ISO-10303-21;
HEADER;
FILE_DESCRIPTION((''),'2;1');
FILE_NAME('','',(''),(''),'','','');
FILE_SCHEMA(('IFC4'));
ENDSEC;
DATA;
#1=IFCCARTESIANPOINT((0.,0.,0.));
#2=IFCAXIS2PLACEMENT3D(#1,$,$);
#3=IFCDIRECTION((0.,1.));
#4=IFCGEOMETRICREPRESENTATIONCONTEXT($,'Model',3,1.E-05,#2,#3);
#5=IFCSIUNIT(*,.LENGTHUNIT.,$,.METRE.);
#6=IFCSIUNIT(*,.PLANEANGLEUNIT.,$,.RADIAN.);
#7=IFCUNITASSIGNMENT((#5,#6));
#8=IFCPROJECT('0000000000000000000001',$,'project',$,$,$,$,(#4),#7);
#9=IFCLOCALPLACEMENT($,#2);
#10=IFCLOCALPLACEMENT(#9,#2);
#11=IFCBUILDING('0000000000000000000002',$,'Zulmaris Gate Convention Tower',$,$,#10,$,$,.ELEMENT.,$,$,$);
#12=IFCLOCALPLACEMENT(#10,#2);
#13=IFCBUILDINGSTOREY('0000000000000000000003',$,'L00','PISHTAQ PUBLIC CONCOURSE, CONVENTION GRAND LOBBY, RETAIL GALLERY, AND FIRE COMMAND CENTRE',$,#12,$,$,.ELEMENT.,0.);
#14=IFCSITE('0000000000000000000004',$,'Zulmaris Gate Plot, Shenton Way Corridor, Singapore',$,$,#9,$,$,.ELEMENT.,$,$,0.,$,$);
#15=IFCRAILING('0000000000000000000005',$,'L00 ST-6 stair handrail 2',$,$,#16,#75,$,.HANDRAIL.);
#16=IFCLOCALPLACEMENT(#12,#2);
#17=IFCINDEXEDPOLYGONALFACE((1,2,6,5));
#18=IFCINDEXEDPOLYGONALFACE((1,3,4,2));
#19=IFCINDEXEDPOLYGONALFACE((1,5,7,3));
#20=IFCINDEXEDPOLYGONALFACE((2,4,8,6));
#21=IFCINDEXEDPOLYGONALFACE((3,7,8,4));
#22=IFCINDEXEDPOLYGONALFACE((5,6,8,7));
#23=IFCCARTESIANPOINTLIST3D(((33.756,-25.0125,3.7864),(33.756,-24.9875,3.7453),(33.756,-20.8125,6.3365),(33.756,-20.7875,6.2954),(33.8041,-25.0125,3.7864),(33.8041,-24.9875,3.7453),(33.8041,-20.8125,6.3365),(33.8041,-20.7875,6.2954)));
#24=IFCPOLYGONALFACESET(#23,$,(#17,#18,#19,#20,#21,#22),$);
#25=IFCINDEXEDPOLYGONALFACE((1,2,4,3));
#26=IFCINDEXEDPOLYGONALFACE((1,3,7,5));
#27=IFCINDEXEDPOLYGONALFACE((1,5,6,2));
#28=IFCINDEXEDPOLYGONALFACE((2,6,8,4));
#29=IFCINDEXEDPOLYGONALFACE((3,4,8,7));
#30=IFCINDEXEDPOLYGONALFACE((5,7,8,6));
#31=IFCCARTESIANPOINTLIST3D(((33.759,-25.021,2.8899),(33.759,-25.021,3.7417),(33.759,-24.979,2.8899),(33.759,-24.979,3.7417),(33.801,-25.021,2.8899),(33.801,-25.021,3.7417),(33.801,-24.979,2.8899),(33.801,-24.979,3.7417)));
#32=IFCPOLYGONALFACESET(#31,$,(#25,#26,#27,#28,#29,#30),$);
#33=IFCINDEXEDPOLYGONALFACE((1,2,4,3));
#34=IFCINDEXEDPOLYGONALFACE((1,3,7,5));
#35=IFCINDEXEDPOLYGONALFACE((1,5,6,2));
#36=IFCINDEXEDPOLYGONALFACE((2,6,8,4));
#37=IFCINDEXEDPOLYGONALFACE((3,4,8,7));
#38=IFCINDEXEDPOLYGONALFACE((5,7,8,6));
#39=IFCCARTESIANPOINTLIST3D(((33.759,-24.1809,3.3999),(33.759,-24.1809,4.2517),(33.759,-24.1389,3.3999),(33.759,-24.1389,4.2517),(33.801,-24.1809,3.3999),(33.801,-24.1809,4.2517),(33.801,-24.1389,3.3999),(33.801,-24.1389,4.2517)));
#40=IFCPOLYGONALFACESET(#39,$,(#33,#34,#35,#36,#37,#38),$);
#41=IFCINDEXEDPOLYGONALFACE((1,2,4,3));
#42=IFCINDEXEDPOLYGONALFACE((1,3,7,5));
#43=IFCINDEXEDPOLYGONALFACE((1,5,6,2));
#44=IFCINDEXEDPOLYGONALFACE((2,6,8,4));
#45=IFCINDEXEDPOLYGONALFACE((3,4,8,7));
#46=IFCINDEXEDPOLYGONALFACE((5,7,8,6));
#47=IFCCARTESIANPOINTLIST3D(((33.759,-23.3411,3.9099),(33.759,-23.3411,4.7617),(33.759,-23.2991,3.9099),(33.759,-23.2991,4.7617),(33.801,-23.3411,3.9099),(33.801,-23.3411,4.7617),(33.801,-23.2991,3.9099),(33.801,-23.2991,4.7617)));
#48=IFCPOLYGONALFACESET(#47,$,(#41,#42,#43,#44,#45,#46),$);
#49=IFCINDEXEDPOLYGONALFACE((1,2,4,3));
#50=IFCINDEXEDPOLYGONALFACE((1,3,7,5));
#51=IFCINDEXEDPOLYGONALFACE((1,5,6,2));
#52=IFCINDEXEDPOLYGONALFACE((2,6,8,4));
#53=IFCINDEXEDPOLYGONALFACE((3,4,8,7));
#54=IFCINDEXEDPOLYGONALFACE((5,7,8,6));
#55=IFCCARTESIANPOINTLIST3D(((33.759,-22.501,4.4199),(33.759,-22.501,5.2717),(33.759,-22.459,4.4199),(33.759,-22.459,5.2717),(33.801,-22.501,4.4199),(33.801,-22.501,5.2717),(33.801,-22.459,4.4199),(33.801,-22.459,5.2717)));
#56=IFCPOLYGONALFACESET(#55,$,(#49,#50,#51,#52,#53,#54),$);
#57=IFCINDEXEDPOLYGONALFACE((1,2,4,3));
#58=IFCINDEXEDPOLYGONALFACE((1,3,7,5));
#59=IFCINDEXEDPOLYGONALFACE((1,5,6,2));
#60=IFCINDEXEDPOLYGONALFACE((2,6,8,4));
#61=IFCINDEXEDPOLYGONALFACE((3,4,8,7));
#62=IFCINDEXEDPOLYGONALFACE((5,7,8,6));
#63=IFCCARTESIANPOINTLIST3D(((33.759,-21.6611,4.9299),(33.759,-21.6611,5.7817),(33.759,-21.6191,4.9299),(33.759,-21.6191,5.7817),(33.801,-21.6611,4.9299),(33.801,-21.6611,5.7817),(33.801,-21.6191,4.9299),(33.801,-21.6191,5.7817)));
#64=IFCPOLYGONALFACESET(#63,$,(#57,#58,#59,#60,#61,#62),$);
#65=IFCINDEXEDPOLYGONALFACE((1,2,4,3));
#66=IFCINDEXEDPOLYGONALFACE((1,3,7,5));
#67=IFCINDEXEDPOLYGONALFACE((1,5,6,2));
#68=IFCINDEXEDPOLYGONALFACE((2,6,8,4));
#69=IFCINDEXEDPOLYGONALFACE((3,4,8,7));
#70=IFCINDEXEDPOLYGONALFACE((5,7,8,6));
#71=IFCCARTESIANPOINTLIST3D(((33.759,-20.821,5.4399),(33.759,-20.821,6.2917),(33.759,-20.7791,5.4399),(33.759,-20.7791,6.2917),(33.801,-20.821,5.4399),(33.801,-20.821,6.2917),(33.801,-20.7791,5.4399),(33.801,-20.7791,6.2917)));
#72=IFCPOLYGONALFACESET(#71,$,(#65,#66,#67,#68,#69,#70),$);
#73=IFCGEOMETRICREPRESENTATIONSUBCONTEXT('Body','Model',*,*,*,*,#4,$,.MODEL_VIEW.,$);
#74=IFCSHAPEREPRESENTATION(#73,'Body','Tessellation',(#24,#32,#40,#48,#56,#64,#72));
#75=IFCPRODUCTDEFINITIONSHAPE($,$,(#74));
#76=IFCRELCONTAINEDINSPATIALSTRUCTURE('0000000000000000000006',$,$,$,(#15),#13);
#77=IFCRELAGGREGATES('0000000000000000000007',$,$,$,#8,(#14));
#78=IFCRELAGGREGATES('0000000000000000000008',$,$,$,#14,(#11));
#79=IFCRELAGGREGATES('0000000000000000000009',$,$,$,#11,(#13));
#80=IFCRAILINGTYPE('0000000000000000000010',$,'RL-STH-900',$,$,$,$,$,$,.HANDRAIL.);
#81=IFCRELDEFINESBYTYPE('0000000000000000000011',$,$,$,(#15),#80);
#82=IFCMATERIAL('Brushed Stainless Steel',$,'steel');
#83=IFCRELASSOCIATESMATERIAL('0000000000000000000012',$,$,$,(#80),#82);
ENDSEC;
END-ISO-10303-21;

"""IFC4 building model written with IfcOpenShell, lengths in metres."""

from ifc_helpers import new_model, si_unit, direction, frame, origin, origin_2d, place, context, subcontext, project, spatial, rectangle, extrude, material, type_object, element, save


model = new_model("IFC4")

# Units and contexts
model_context = context("Model", 3, precision=1e-05, world=origin(), true_north=direction((0.0, 1.0)))
body_context = subcontext(model_context, "Body", "Model", "MODEL_VIEW")
ifc_project = project(units=[si_unit("LENGTHUNIT", "METRE"), si_unit("PLANEANGLEUNIT", "RADIAN")], contexts=[model_context])

# Site, building, storey
site_placement = place(None, origin())
site = spatial("IfcSite", under=ifc_project, at=site_placement, Name="Zulmaris Gate Plot, Shenton Way Corridor, Singapore", CompositionType="ELEMENT", RefElevation=0.0)
building_placement = place(site_placement, origin())
building = spatial("IfcBuilding", under=site, at=building_placement, Name="Zulmaris Gate Convention Tower", CompositionType="ELEMENT")
storey_placement = place(building_placement, origin())
storey = spatial("IfcBuildingStorey", under=building, at=storey_placement, Name="L00", Description="PISHTAQ PUBLIC CONCOURSE, CONVENTION GRAND LOBBY, RETAIL GALLERY, AND FIRE COMMAND CENTRE", CompositionType="ELEMENT", Elevation=0.0)

# Railing
ifc_material_1 = material(Name="Brushed Stainless Steel", Category="steel")
railing_type_1 = type_object("IfcRailingType", Name="RL-STH-900", PredefinedType="HANDRAIL", material=ifc_material_1)
railing_1_placement = place(storey_placement, frame((33.78, -25.0, 2.8899)))
element("IfcRailing", 1, at=railing_1_placement, inside=storey, type_object=railing_type_1, Name="L00 ST-6 stair handrail 2", PredefinedType="HANDRAIL", context=body_context, shape_type="SweptSolid", body=[
    extrude(rectangle(XDim=0.0481, YDim=0.0481, at=origin_2d()), frame((0.0, 0.0, 0.876), z_axis=(0.0, 0.85478, 0.51899), x_axis=(-1.0, 0.0, 0.0)), (0.0, 0.0, 1.0), 4.9136),
    extrude(rectangle(XDim=0.042, YDim=0.042, at=origin_2d()), origin(), (0.0, 0.0, 1.0), 0.8518),
    extrude(rectangle(XDim=0.042, YDim=0.042, at=origin_2d()), frame((0.0, 0.8401, 0.51)), (0.0, 0.0, 1.0), 0.8518),
    extrude(rectangle(XDim=0.042, YDim=0.042, at=origin_2d()), frame((0.0, 1.6799, 1.02)), (0.0, 0.0, 1.0), 0.8518),
    extrude(rectangle(XDim=0.042, YDim=0.042, at=origin_2d()), frame((0.0, 2.52, 1.53)), (0.0, 0.0, 1.0), 0.8518),
    extrude(rectangle(XDim=0.042, YDim=0.042, at=origin_2d()), frame((0.0, 3.3599, 2.04)), (0.0, 0.0, 1.0), 0.8518),
    extrude(rectangle(XDim=0.042, YDim=0.042, at=origin_2d()), frame((0.0, 4.2, 2.55)), (0.0, 0.0, 1.0), 0.8518),
])

save(model, "model.ifc")
